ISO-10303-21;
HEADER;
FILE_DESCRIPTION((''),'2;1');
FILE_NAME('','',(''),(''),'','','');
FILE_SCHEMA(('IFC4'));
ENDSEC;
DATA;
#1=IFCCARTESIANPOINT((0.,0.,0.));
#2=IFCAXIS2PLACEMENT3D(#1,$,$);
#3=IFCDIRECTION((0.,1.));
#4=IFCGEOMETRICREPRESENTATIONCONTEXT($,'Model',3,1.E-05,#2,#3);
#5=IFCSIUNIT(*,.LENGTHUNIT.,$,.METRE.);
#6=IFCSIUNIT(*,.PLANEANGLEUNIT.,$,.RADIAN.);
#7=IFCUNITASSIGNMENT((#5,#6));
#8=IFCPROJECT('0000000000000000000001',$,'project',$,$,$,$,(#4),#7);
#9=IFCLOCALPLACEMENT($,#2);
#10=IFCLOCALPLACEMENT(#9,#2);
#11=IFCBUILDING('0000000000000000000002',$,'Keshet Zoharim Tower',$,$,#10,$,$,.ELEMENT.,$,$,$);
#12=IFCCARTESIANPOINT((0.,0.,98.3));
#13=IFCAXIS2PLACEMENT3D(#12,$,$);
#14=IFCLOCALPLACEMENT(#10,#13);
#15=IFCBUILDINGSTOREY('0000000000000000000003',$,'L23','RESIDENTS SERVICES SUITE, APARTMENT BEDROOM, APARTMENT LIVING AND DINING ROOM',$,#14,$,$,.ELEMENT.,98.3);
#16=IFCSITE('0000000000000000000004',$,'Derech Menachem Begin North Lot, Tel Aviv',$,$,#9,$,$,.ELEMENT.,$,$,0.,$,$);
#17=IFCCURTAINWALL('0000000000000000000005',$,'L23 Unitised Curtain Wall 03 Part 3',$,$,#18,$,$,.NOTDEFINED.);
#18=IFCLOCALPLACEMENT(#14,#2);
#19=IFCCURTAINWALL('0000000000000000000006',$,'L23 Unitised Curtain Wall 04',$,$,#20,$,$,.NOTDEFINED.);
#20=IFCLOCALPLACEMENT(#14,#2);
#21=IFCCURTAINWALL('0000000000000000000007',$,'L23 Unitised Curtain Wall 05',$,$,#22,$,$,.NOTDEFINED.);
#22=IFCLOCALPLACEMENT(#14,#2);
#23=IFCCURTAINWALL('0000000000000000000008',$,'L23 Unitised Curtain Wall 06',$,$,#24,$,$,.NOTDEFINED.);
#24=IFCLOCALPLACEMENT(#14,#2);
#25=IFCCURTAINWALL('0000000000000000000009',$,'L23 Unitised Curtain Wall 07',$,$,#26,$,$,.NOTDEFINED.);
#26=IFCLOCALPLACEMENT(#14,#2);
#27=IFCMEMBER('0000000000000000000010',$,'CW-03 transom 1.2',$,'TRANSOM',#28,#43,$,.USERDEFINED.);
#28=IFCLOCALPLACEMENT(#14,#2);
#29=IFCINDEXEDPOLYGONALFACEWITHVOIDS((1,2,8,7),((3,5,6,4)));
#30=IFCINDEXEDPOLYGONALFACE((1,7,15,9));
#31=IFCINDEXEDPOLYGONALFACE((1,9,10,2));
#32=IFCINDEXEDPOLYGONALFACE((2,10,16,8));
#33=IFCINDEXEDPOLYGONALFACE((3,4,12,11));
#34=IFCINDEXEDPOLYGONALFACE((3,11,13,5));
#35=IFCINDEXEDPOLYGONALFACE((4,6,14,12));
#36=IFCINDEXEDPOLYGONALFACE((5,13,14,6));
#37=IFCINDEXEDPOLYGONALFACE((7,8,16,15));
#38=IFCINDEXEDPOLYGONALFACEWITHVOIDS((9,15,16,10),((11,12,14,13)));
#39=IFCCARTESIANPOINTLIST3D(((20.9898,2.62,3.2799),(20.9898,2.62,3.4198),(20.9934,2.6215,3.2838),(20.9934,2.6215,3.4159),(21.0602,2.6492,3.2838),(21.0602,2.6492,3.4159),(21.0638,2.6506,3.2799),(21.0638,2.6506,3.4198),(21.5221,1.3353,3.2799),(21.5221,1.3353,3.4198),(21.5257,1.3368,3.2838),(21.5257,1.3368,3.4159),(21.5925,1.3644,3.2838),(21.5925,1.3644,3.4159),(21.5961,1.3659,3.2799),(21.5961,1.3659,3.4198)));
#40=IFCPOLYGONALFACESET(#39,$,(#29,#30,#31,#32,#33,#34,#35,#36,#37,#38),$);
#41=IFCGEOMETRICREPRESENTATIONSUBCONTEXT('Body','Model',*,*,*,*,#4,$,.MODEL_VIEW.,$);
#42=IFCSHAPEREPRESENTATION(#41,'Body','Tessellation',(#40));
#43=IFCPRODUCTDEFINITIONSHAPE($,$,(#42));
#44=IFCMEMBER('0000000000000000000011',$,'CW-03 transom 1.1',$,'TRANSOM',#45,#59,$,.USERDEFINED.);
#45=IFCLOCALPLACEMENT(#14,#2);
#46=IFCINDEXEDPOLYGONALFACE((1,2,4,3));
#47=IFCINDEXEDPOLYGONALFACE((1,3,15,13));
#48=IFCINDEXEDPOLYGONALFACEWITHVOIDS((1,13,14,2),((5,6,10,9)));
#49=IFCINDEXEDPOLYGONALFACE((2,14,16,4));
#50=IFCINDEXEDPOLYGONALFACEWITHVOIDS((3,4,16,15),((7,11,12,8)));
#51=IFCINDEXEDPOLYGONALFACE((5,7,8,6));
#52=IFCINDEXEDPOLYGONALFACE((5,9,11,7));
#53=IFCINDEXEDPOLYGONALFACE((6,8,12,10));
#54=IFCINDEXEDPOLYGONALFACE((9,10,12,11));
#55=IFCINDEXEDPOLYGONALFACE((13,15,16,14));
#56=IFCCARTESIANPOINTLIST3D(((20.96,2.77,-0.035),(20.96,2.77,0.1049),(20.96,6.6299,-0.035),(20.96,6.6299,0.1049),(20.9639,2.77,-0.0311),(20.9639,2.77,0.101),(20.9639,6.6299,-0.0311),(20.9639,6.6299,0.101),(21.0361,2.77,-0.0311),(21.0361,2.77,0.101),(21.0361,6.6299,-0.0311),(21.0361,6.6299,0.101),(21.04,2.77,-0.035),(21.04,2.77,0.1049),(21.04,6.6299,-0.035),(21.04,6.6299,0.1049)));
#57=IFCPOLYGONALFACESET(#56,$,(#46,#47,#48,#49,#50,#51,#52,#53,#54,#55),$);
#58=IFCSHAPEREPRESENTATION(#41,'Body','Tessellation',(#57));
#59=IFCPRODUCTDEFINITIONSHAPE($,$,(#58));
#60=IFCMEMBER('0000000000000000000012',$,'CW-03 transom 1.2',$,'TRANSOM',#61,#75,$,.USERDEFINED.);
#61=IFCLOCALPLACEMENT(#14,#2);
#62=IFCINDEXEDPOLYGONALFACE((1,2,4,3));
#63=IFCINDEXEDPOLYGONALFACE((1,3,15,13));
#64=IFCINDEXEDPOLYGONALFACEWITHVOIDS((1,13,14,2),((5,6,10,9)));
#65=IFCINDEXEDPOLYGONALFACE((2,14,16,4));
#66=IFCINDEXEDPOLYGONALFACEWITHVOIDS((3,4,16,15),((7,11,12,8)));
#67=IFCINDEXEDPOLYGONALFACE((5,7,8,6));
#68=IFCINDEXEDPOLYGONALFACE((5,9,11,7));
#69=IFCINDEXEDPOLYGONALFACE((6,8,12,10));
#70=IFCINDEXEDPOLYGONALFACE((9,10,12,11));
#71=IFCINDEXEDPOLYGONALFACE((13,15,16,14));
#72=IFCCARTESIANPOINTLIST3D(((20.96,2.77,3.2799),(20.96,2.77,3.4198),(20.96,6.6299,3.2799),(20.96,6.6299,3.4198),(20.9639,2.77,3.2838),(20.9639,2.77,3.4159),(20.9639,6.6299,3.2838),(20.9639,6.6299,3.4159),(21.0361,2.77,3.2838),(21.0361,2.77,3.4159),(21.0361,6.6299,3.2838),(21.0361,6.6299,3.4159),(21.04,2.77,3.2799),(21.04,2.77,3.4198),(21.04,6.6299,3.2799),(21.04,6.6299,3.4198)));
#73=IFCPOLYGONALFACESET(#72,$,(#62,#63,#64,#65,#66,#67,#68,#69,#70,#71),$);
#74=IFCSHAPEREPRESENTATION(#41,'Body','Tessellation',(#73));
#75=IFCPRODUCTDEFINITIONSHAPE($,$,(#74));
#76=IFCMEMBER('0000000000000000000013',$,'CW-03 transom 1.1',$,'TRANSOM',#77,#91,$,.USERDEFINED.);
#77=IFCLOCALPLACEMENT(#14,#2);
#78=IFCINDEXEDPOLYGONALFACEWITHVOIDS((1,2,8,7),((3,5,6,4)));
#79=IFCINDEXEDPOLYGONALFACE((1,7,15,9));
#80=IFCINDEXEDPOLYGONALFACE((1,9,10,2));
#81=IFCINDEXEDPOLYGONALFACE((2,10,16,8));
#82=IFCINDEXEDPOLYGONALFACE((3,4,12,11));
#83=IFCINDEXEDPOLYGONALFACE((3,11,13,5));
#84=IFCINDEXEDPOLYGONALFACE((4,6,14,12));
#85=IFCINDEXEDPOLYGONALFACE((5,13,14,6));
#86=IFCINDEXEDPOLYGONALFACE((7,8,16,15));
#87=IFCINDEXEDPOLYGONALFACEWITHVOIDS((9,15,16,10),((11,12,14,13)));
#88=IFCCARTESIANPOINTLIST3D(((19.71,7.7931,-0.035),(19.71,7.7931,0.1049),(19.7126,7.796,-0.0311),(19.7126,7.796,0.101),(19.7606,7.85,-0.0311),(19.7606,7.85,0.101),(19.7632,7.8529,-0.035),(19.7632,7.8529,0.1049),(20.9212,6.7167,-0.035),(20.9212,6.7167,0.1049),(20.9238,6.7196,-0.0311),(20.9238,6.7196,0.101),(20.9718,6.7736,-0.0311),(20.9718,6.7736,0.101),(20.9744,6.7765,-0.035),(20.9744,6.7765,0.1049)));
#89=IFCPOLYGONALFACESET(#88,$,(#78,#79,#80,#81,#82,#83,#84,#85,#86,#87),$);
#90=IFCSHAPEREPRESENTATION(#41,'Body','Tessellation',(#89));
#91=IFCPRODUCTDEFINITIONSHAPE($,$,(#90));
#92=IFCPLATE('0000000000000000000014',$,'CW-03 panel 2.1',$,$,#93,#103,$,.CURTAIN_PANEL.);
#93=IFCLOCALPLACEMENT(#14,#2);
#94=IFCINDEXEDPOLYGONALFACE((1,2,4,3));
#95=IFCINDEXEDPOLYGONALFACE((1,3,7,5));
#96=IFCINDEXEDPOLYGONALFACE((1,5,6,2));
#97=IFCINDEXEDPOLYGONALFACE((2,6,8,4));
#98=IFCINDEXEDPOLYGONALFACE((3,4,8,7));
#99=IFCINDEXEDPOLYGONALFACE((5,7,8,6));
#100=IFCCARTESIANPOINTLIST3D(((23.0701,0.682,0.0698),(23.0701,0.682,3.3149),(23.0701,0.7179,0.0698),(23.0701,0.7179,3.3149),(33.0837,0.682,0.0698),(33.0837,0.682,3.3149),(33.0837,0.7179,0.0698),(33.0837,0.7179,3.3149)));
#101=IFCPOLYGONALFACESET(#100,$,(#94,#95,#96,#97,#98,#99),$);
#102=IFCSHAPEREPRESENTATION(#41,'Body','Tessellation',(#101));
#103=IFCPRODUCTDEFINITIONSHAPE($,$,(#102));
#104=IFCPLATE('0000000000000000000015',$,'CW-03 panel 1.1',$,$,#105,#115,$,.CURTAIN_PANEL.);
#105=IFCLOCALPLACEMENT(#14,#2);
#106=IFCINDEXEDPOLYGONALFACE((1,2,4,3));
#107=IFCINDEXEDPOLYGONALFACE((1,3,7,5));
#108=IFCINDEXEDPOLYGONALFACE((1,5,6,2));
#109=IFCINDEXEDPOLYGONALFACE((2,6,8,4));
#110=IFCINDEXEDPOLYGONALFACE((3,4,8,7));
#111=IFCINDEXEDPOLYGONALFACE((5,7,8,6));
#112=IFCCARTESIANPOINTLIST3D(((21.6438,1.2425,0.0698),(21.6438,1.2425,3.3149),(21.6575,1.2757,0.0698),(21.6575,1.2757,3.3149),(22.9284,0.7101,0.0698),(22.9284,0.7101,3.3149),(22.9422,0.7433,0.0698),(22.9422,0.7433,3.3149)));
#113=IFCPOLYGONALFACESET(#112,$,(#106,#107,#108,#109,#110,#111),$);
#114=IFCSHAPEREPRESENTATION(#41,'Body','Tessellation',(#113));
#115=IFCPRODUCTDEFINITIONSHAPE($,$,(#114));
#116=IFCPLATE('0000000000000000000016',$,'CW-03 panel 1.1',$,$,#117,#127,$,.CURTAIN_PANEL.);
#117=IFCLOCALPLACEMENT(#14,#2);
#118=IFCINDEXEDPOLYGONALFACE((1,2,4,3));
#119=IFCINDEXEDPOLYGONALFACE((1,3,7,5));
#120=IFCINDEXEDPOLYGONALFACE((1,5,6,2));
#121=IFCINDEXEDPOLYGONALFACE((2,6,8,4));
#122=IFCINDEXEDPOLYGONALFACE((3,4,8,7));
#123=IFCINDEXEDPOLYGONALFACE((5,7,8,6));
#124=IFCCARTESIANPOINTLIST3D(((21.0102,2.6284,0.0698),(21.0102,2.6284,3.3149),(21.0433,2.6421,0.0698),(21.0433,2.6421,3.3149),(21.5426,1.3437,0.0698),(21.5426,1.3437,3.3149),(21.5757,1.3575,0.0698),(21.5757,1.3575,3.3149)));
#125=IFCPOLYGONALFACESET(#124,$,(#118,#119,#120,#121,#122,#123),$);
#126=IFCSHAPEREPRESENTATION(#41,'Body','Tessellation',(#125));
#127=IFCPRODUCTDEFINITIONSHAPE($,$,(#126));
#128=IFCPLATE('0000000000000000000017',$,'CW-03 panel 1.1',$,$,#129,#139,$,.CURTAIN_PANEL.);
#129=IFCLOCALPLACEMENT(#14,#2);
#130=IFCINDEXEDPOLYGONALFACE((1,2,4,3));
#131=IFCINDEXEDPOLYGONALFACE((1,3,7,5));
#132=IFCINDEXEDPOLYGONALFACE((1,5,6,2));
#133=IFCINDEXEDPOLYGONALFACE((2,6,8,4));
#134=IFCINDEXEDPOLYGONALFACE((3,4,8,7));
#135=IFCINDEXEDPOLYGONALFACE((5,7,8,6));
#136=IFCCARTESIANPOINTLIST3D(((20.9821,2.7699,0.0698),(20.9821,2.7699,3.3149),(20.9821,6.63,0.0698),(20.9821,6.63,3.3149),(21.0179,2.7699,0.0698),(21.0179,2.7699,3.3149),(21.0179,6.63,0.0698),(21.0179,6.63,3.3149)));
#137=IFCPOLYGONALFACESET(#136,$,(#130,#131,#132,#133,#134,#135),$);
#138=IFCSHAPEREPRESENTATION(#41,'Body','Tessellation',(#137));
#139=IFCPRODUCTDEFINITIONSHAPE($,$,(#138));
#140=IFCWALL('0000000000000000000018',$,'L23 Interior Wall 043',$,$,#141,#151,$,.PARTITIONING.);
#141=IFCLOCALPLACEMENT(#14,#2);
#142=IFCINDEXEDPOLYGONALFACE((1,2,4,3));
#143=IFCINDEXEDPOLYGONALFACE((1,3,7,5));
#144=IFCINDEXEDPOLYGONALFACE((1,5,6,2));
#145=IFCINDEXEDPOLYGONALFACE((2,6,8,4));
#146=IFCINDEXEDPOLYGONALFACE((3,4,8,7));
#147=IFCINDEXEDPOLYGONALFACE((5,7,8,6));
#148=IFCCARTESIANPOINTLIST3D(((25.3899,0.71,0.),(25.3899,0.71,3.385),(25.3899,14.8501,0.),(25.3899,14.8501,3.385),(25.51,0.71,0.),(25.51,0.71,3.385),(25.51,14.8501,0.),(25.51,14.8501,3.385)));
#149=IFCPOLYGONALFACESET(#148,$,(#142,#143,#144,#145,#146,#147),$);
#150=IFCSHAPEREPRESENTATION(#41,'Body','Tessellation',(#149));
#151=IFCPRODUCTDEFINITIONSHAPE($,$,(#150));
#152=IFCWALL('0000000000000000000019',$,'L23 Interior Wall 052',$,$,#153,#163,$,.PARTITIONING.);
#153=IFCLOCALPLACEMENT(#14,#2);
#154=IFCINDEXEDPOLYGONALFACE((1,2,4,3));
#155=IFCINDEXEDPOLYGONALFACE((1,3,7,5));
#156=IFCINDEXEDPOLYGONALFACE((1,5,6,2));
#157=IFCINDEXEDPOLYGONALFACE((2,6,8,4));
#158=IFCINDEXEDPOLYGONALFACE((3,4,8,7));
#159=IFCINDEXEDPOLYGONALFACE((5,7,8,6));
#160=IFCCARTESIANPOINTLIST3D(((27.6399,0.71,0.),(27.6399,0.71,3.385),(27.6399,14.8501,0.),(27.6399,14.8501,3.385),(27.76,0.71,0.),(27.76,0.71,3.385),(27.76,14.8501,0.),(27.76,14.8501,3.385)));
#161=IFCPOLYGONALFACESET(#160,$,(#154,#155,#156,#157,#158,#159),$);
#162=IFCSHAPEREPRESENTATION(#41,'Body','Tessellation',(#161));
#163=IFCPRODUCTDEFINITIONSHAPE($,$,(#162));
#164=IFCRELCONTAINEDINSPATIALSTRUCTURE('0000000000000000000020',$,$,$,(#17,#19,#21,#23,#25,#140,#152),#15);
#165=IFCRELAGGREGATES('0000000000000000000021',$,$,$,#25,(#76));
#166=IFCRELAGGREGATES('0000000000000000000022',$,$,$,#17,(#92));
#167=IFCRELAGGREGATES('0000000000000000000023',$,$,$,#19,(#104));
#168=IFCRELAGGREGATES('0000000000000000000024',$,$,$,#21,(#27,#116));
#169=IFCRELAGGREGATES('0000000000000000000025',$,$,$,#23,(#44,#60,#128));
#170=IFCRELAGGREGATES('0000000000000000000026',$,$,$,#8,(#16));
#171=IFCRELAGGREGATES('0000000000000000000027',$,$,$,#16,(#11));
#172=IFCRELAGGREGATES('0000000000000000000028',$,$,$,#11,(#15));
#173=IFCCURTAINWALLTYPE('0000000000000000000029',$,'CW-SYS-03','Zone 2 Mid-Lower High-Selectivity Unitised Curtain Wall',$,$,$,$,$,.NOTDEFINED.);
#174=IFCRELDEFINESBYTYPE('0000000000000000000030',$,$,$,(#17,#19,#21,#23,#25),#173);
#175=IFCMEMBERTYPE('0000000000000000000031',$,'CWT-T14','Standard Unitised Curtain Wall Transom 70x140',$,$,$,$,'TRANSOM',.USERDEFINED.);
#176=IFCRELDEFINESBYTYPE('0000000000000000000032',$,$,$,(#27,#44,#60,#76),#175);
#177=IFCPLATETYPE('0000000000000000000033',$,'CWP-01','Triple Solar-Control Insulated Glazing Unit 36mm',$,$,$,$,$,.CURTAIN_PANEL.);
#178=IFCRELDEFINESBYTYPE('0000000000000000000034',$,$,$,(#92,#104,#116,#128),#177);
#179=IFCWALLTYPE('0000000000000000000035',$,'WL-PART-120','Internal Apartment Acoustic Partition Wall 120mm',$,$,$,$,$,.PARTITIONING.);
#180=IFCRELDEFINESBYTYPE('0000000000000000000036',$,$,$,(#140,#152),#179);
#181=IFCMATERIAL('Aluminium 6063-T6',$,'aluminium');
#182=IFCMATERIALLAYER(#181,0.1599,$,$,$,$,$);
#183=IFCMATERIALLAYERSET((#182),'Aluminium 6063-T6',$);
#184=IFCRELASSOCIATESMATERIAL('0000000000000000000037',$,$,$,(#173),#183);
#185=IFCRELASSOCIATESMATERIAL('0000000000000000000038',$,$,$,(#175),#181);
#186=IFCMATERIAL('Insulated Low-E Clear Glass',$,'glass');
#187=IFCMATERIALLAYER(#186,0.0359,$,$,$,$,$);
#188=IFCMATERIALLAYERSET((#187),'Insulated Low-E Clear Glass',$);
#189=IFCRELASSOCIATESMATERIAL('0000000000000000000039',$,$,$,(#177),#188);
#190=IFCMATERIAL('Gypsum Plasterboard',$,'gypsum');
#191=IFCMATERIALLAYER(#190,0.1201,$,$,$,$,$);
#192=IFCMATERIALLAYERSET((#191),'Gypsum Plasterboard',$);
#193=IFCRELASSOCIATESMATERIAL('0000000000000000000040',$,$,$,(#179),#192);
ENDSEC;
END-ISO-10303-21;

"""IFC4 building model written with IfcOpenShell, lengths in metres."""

from ifc_helpers import new_model, si_unit, direction, frame, frame_2d, origin, origin_2d, place, context, subcontext, project, spatial, rectangle, hollow_rectangle, extrude, material, layer, layer_set, material_profile, profile_set, type_object, element, aggregate, save


model = new_model("IFC4")

# Units and contexts
model_context = context("Model", 3, precision=1e-05, world=origin(), true_north=direction((0.0, 1.0)))
body_context = subcontext(model_context, "Body", "Model", "MODEL_VIEW")
ifc_project = project(units=[si_unit("LENGTHUNIT", "METRE"), si_unit("PLANEANGLEUNIT", "RADIAN")], contexts=[model_context])

# Site, building, storey
site_placement = place(None, origin())
site = spatial("IfcSite", under=ifc_project, at=site_placement, Name="Derech Menachem Begin North Lot, Tel Aviv", CompositionType="ELEMENT", RefElevation=0.0)
building_placement = place(site_placement, origin())
building = spatial("IfcBuilding", under=site, at=building_placement, Name="Keshet Zoharim Tower", CompositionType="ELEMENT")
storey_placement = place(building_placement, frame((0.0, 0.0, 98.3)))
storey = spatial("IfcBuildingStorey", under=building, at=storey_placement, Name="L23", Description="RESIDENTS SERVICES SUITE, APARTMENT BEDROOM, APARTMENT LIVING AND DINING ROOM", CompositionType="ELEMENT", Elevation=98.3)

# Curtain wall
ifc_material_1 = material(Name="Aluminium 6063-T6", Category="aluminium")
ifc_layer_1 = layer(ifc_material_1, 0.1599)
ifc_layer_set_1 = layer_set([ifc_layer_1], Name="Aluminium 6063-T6")
curtain_wall_type = type_object("IfcCurtainWallType", Name="CW-SYS-03", Description="Zone 2 Mid-Lower High-Selectivity Unitised Curtain Wall", PredefinedType="NOTDEFINED", material=ifc_layer_set_1)
curtain_wall_1_placement = place(storey_placement, origin())
curtain_wall_1 = element("IfcCurtainWall", 1, at=curtain_wall_1_placement, inside=storey, type_object=curtain_wall_type, Name="L23 Unitised Curtain Wall 03 Part 3", PredefinedType="NOTDEFINED")

# Curtain walls
curtain_wall_2_placement = place(storey_placement, origin())
curtain_wall_2 = element("IfcCurtainWall", 2, at=curtain_wall_2_placement, inside=storey, type_object=curtain_wall_type, Name="L23 Unitised Curtain Wall 04", PredefinedType="NOTDEFINED")
curtain_wall_3_placement = place(storey_placement, origin())
curtain_wall_3 = element("IfcCurtainWall", 3, at=curtain_wall_3_placement, inside=storey, type_object=curtain_wall_type, Name="L23 Unitised Curtain Wall 05", PredefinedType="NOTDEFINED")
curtain_wall_4_placement = place(storey_placement, origin())
curtain_wall_4 = element("IfcCurtainWall", 4, at=curtain_wall_4_placement, inside=storey, type_object=curtain_wall_type, Name="L23 Unitised Curtain Wall 06", PredefinedType="NOTDEFINED")

# Curtain wall
curtain_wall_5_placement = place(storey_placement, origin())
curtain_wall_5 = element("IfcCurtainWall", 5, at=curtain_wall_5_placement, inside=storey, type_object=curtain_wall_type, Name="L23 Unitised Curtain Wall 07", PredefinedType="NOTDEFINED")

# Members
ifc_material_profile_1 = material_profile(ifc_material_1, hollow_rectangle(XDim=0.0801, YDim=0.1399, WallThickness=0.0039, at=origin_2d()), Name="TRN-80x140")
ifc_profile_set_1 = profile_set([ifc_material_profile_1], Name="Aluminium 6063-T6")
member_type_1 = type_object("IfcMemberType", Name="CWT-T14", Description="Standard Unitised Curtain Wall Transom 70x140", ElementType="TRANSOM", PredefinedType="USERDEFINED", material=ifc_profile_set_1)
member_1_placement = place(storey_placement, frame((21.5591, 1.3506, 3.3499), z_axis=(-0.382745, 0.923854, 0.0), x_axis=(-0.923854, -0.382745, 0.0)))
member_1 = element("IfcMember", 6, at=member_1_placement, type_object=member_type_1, Name="CW-03 transom 1.2", ObjectType="TRANSOM", PredefinedType="USERDEFINED", context=body_context, shape_type="SweptSolid", body=[
    extrude(hollow_rectangle(XDim=0.0801, YDim=0.1399, WallThickness=0.0039, at=origin_2d()), origin(), (0.0, 0.0, 1.0), 1.3906),
])
member_2_placement = place(storey_placement, frame((21.0, 2.77, 0.0349), z_axis=(0.0, 1.0, 0.0), x_axis=(-1.0, 0.0, 0.0)))
member_2 = element("IfcMember", 7, at=member_2_placement, type_object=member_type_1, Name="CW-03 transom 1.1", ObjectType="TRANSOM", PredefinedType="USERDEFINED", context=body_context, shape_type="SweptSolid", body=[
    extrude(hollow_rectangle(XDim=0.0801, YDim=0.1399, WallThickness=0.0039, at=origin_2d()), origin(), (0.0, 0.0, 1.0), 3.8599),
])
member_3_placement = place(storey_placement, frame((21.0, 2.77, 3.3499), z_axis=(0.0, 1.0, 0.0), x_axis=(-1.0, 0.0, 0.0)))
member_3 = element("IfcMember", 8, at=member_3_placement, type_object=member_type_1, Name="CW-03 transom 1.2", ObjectType="TRANSOM", PredefinedType="USERDEFINED", context=body_context, shape_type="SweptSolid", body=[
    extrude(hollow_rectangle(XDim=0.0801, YDim=0.1399, WallThickness=0.0039, at=origin_2d()), origin(), (0.0, 0.0, 1.0), 3.8599),
])
member_4_placement = place(storey_placement, frame((20.9478, 6.7466, 0.0349), z_axis=(-0.747468, 0.664298, 0.0), x_axis=(-0.664298, -0.747468, 0.0)))
member_4 = element("IfcMember", 9, at=member_4_placement, type_object=member_type_1, Name="CW-03 transom 1.1", ObjectType="TRANSOM", PredefinedType="USERDEFINED", context=body_context, shape_type="SweptSolid", body=[
    extrude(hollow_rectangle(XDim=0.0801, YDim=0.1399, WallThickness=0.0039, at=origin_2d()), origin(), (0.0, 0.0, 1.0), 1.6204),
])
aggregate(curtain_wall_5, [member_4])

# Plates
ifc_material_2 = material(Name="Insulated Low-E Clear Glass", Category="glass")
ifc_layer_2 = layer(ifc_material_2, 0.0359)
ifc_layer_set_2 = layer_set([ifc_layer_2], Name="Insulated Low-E Clear Glass")
plate_type = type_object("IfcPlateType", Name="CWP-01", Description="Triple Solar-Control Insulated Glazing Unit 36mm", PredefinedType="CURTAIN_PANEL", material=ifc_layer_set_2)
plate_1_placement = place(storey_placement, frame((28.0769, 0.7, 0.0698), z_axis=(0.0, 0.0, 1.0), x_axis=(-1.0, 0.0, 0.0)))
plate_1 = element("IfcPlate", 10, at=plate_1_placement, type_object=plate_type, Name="CW-03 panel 2.1", PredefinedType="CURTAIN_PANEL", context=body_context, shape_type="SweptSolid", body=[
    extrude(rectangle(XDim=10.0137, YDim=0.0359, at=origin_2d()), origin(), (0.0, 0.0, 1.0), 3.2451),
])
aggregate(curtain_wall_1, [plate_1])
plate_2_placement = place(storey_placement, frame((22.293, 0.9929, 0.0698), z_axis=(0.0, 0.0, 1.0), x_axis=(-0.92381, 0.382852, 0.0)))
plate_2 = element("IfcPlate", 11, at=plate_2_placement, type_object=plate_type, Name="CW-03 panel 1.1", PredefinedType="CURTAIN_PANEL", context=body_context, shape_type="SweptSolid", body=[
    extrude(rectangle(XDim=1.3906, YDim=0.0359, at=origin_2d()), origin(), (0.0, 0.0, 1.0), 3.2451),
])
aggregate(curtain_wall_2, [plate_2])
plate_3_placement = place(storey_placement, frame((21.293, 1.9929, 0.0698), z_axis=(0.0, 0.0, 1.0), x_axis=(-0.382852, 0.92381, 0.0)))
plate_3 = element("IfcPlate", 12, at=plate_3_placement, type_object=plate_type, Name="CW-03 panel 1.1", PredefinedType="CURTAIN_PANEL", context=body_context, shape_type="SweptSolid", body=[
    extrude(rectangle(XDim=1.3906, YDim=0.0359, at=origin_2d()), origin(), (0.0, 0.0, 1.0), 3.2451),
])
aggregate(curtain_wall_3, [member_1, plate_3])
plate_4_placement = place(storey_placement, frame((21.0, 4.7, 0.0698), z_axis=(0.0, 0.0, 1.0), x_axis=(0.0, 1.0, 0.0)))
plate_4 = element("IfcPlate", 13, at=plate_4_placement, type_object=plate_type, Name="CW-03 panel 1.1", PredefinedType="CURTAIN_PANEL", context=body_context, shape_type="SweptSolid", body=[
    extrude(rectangle(XDim=3.8601, YDim=0.0359, at=origin_2d()), origin(), (0.0, 0.0, 1.0), 3.2451),
])
aggregate(curtain_wall_4, [member_2, member_3, plate_4])

# Walls
ifc_material_3 = material(Name="Gypsum Plasterboard", Category="gypsum")
ifc_layer_3 = layer(ifc_material_3, 0.1201)
ifc_layer_set_3 = layer_set([ifc_layer_3], Name="Gypsum Plasterboard")
wall_type = type_object("IfcWallType", Name="WL-PART-120", Description="Internal Apartment Acoustic Partition Wall 120mm", PredefinedType="PARTITIONING", material=ifc_layer_set_3)
for number, where, z_axis, x_axis, name in (
    (14, (25.45, 0.71, 0.0), (0.0, 0.0, 1.0), (0.0, 1.0, 0.0), "L23 Interior Wall 043"),
    (15, (27.7, 0.71, 0.0), (0.0, 0.0, 1.0), (0.0, 1.0, 0.0), "L23 Interior Wall 052"),
):
    element("IfcWall", number, at=place(storey_placement, frame(where, z_axis=z_axis, x_axis=x_axis)), inside=storey, type_object=wall_type, Name=name, PredefinedType="PARTITIONING", context=body_context, shape_type="SweptSolid", body=[
        extrude(rectangle(XDim=14.1401, YDim=0.1201, at=frame_2d((7.0701, 0.0))), origin(), (0.0, 0.0, 1.0), 3.385),
    ])

save(model, "model.ifc")
